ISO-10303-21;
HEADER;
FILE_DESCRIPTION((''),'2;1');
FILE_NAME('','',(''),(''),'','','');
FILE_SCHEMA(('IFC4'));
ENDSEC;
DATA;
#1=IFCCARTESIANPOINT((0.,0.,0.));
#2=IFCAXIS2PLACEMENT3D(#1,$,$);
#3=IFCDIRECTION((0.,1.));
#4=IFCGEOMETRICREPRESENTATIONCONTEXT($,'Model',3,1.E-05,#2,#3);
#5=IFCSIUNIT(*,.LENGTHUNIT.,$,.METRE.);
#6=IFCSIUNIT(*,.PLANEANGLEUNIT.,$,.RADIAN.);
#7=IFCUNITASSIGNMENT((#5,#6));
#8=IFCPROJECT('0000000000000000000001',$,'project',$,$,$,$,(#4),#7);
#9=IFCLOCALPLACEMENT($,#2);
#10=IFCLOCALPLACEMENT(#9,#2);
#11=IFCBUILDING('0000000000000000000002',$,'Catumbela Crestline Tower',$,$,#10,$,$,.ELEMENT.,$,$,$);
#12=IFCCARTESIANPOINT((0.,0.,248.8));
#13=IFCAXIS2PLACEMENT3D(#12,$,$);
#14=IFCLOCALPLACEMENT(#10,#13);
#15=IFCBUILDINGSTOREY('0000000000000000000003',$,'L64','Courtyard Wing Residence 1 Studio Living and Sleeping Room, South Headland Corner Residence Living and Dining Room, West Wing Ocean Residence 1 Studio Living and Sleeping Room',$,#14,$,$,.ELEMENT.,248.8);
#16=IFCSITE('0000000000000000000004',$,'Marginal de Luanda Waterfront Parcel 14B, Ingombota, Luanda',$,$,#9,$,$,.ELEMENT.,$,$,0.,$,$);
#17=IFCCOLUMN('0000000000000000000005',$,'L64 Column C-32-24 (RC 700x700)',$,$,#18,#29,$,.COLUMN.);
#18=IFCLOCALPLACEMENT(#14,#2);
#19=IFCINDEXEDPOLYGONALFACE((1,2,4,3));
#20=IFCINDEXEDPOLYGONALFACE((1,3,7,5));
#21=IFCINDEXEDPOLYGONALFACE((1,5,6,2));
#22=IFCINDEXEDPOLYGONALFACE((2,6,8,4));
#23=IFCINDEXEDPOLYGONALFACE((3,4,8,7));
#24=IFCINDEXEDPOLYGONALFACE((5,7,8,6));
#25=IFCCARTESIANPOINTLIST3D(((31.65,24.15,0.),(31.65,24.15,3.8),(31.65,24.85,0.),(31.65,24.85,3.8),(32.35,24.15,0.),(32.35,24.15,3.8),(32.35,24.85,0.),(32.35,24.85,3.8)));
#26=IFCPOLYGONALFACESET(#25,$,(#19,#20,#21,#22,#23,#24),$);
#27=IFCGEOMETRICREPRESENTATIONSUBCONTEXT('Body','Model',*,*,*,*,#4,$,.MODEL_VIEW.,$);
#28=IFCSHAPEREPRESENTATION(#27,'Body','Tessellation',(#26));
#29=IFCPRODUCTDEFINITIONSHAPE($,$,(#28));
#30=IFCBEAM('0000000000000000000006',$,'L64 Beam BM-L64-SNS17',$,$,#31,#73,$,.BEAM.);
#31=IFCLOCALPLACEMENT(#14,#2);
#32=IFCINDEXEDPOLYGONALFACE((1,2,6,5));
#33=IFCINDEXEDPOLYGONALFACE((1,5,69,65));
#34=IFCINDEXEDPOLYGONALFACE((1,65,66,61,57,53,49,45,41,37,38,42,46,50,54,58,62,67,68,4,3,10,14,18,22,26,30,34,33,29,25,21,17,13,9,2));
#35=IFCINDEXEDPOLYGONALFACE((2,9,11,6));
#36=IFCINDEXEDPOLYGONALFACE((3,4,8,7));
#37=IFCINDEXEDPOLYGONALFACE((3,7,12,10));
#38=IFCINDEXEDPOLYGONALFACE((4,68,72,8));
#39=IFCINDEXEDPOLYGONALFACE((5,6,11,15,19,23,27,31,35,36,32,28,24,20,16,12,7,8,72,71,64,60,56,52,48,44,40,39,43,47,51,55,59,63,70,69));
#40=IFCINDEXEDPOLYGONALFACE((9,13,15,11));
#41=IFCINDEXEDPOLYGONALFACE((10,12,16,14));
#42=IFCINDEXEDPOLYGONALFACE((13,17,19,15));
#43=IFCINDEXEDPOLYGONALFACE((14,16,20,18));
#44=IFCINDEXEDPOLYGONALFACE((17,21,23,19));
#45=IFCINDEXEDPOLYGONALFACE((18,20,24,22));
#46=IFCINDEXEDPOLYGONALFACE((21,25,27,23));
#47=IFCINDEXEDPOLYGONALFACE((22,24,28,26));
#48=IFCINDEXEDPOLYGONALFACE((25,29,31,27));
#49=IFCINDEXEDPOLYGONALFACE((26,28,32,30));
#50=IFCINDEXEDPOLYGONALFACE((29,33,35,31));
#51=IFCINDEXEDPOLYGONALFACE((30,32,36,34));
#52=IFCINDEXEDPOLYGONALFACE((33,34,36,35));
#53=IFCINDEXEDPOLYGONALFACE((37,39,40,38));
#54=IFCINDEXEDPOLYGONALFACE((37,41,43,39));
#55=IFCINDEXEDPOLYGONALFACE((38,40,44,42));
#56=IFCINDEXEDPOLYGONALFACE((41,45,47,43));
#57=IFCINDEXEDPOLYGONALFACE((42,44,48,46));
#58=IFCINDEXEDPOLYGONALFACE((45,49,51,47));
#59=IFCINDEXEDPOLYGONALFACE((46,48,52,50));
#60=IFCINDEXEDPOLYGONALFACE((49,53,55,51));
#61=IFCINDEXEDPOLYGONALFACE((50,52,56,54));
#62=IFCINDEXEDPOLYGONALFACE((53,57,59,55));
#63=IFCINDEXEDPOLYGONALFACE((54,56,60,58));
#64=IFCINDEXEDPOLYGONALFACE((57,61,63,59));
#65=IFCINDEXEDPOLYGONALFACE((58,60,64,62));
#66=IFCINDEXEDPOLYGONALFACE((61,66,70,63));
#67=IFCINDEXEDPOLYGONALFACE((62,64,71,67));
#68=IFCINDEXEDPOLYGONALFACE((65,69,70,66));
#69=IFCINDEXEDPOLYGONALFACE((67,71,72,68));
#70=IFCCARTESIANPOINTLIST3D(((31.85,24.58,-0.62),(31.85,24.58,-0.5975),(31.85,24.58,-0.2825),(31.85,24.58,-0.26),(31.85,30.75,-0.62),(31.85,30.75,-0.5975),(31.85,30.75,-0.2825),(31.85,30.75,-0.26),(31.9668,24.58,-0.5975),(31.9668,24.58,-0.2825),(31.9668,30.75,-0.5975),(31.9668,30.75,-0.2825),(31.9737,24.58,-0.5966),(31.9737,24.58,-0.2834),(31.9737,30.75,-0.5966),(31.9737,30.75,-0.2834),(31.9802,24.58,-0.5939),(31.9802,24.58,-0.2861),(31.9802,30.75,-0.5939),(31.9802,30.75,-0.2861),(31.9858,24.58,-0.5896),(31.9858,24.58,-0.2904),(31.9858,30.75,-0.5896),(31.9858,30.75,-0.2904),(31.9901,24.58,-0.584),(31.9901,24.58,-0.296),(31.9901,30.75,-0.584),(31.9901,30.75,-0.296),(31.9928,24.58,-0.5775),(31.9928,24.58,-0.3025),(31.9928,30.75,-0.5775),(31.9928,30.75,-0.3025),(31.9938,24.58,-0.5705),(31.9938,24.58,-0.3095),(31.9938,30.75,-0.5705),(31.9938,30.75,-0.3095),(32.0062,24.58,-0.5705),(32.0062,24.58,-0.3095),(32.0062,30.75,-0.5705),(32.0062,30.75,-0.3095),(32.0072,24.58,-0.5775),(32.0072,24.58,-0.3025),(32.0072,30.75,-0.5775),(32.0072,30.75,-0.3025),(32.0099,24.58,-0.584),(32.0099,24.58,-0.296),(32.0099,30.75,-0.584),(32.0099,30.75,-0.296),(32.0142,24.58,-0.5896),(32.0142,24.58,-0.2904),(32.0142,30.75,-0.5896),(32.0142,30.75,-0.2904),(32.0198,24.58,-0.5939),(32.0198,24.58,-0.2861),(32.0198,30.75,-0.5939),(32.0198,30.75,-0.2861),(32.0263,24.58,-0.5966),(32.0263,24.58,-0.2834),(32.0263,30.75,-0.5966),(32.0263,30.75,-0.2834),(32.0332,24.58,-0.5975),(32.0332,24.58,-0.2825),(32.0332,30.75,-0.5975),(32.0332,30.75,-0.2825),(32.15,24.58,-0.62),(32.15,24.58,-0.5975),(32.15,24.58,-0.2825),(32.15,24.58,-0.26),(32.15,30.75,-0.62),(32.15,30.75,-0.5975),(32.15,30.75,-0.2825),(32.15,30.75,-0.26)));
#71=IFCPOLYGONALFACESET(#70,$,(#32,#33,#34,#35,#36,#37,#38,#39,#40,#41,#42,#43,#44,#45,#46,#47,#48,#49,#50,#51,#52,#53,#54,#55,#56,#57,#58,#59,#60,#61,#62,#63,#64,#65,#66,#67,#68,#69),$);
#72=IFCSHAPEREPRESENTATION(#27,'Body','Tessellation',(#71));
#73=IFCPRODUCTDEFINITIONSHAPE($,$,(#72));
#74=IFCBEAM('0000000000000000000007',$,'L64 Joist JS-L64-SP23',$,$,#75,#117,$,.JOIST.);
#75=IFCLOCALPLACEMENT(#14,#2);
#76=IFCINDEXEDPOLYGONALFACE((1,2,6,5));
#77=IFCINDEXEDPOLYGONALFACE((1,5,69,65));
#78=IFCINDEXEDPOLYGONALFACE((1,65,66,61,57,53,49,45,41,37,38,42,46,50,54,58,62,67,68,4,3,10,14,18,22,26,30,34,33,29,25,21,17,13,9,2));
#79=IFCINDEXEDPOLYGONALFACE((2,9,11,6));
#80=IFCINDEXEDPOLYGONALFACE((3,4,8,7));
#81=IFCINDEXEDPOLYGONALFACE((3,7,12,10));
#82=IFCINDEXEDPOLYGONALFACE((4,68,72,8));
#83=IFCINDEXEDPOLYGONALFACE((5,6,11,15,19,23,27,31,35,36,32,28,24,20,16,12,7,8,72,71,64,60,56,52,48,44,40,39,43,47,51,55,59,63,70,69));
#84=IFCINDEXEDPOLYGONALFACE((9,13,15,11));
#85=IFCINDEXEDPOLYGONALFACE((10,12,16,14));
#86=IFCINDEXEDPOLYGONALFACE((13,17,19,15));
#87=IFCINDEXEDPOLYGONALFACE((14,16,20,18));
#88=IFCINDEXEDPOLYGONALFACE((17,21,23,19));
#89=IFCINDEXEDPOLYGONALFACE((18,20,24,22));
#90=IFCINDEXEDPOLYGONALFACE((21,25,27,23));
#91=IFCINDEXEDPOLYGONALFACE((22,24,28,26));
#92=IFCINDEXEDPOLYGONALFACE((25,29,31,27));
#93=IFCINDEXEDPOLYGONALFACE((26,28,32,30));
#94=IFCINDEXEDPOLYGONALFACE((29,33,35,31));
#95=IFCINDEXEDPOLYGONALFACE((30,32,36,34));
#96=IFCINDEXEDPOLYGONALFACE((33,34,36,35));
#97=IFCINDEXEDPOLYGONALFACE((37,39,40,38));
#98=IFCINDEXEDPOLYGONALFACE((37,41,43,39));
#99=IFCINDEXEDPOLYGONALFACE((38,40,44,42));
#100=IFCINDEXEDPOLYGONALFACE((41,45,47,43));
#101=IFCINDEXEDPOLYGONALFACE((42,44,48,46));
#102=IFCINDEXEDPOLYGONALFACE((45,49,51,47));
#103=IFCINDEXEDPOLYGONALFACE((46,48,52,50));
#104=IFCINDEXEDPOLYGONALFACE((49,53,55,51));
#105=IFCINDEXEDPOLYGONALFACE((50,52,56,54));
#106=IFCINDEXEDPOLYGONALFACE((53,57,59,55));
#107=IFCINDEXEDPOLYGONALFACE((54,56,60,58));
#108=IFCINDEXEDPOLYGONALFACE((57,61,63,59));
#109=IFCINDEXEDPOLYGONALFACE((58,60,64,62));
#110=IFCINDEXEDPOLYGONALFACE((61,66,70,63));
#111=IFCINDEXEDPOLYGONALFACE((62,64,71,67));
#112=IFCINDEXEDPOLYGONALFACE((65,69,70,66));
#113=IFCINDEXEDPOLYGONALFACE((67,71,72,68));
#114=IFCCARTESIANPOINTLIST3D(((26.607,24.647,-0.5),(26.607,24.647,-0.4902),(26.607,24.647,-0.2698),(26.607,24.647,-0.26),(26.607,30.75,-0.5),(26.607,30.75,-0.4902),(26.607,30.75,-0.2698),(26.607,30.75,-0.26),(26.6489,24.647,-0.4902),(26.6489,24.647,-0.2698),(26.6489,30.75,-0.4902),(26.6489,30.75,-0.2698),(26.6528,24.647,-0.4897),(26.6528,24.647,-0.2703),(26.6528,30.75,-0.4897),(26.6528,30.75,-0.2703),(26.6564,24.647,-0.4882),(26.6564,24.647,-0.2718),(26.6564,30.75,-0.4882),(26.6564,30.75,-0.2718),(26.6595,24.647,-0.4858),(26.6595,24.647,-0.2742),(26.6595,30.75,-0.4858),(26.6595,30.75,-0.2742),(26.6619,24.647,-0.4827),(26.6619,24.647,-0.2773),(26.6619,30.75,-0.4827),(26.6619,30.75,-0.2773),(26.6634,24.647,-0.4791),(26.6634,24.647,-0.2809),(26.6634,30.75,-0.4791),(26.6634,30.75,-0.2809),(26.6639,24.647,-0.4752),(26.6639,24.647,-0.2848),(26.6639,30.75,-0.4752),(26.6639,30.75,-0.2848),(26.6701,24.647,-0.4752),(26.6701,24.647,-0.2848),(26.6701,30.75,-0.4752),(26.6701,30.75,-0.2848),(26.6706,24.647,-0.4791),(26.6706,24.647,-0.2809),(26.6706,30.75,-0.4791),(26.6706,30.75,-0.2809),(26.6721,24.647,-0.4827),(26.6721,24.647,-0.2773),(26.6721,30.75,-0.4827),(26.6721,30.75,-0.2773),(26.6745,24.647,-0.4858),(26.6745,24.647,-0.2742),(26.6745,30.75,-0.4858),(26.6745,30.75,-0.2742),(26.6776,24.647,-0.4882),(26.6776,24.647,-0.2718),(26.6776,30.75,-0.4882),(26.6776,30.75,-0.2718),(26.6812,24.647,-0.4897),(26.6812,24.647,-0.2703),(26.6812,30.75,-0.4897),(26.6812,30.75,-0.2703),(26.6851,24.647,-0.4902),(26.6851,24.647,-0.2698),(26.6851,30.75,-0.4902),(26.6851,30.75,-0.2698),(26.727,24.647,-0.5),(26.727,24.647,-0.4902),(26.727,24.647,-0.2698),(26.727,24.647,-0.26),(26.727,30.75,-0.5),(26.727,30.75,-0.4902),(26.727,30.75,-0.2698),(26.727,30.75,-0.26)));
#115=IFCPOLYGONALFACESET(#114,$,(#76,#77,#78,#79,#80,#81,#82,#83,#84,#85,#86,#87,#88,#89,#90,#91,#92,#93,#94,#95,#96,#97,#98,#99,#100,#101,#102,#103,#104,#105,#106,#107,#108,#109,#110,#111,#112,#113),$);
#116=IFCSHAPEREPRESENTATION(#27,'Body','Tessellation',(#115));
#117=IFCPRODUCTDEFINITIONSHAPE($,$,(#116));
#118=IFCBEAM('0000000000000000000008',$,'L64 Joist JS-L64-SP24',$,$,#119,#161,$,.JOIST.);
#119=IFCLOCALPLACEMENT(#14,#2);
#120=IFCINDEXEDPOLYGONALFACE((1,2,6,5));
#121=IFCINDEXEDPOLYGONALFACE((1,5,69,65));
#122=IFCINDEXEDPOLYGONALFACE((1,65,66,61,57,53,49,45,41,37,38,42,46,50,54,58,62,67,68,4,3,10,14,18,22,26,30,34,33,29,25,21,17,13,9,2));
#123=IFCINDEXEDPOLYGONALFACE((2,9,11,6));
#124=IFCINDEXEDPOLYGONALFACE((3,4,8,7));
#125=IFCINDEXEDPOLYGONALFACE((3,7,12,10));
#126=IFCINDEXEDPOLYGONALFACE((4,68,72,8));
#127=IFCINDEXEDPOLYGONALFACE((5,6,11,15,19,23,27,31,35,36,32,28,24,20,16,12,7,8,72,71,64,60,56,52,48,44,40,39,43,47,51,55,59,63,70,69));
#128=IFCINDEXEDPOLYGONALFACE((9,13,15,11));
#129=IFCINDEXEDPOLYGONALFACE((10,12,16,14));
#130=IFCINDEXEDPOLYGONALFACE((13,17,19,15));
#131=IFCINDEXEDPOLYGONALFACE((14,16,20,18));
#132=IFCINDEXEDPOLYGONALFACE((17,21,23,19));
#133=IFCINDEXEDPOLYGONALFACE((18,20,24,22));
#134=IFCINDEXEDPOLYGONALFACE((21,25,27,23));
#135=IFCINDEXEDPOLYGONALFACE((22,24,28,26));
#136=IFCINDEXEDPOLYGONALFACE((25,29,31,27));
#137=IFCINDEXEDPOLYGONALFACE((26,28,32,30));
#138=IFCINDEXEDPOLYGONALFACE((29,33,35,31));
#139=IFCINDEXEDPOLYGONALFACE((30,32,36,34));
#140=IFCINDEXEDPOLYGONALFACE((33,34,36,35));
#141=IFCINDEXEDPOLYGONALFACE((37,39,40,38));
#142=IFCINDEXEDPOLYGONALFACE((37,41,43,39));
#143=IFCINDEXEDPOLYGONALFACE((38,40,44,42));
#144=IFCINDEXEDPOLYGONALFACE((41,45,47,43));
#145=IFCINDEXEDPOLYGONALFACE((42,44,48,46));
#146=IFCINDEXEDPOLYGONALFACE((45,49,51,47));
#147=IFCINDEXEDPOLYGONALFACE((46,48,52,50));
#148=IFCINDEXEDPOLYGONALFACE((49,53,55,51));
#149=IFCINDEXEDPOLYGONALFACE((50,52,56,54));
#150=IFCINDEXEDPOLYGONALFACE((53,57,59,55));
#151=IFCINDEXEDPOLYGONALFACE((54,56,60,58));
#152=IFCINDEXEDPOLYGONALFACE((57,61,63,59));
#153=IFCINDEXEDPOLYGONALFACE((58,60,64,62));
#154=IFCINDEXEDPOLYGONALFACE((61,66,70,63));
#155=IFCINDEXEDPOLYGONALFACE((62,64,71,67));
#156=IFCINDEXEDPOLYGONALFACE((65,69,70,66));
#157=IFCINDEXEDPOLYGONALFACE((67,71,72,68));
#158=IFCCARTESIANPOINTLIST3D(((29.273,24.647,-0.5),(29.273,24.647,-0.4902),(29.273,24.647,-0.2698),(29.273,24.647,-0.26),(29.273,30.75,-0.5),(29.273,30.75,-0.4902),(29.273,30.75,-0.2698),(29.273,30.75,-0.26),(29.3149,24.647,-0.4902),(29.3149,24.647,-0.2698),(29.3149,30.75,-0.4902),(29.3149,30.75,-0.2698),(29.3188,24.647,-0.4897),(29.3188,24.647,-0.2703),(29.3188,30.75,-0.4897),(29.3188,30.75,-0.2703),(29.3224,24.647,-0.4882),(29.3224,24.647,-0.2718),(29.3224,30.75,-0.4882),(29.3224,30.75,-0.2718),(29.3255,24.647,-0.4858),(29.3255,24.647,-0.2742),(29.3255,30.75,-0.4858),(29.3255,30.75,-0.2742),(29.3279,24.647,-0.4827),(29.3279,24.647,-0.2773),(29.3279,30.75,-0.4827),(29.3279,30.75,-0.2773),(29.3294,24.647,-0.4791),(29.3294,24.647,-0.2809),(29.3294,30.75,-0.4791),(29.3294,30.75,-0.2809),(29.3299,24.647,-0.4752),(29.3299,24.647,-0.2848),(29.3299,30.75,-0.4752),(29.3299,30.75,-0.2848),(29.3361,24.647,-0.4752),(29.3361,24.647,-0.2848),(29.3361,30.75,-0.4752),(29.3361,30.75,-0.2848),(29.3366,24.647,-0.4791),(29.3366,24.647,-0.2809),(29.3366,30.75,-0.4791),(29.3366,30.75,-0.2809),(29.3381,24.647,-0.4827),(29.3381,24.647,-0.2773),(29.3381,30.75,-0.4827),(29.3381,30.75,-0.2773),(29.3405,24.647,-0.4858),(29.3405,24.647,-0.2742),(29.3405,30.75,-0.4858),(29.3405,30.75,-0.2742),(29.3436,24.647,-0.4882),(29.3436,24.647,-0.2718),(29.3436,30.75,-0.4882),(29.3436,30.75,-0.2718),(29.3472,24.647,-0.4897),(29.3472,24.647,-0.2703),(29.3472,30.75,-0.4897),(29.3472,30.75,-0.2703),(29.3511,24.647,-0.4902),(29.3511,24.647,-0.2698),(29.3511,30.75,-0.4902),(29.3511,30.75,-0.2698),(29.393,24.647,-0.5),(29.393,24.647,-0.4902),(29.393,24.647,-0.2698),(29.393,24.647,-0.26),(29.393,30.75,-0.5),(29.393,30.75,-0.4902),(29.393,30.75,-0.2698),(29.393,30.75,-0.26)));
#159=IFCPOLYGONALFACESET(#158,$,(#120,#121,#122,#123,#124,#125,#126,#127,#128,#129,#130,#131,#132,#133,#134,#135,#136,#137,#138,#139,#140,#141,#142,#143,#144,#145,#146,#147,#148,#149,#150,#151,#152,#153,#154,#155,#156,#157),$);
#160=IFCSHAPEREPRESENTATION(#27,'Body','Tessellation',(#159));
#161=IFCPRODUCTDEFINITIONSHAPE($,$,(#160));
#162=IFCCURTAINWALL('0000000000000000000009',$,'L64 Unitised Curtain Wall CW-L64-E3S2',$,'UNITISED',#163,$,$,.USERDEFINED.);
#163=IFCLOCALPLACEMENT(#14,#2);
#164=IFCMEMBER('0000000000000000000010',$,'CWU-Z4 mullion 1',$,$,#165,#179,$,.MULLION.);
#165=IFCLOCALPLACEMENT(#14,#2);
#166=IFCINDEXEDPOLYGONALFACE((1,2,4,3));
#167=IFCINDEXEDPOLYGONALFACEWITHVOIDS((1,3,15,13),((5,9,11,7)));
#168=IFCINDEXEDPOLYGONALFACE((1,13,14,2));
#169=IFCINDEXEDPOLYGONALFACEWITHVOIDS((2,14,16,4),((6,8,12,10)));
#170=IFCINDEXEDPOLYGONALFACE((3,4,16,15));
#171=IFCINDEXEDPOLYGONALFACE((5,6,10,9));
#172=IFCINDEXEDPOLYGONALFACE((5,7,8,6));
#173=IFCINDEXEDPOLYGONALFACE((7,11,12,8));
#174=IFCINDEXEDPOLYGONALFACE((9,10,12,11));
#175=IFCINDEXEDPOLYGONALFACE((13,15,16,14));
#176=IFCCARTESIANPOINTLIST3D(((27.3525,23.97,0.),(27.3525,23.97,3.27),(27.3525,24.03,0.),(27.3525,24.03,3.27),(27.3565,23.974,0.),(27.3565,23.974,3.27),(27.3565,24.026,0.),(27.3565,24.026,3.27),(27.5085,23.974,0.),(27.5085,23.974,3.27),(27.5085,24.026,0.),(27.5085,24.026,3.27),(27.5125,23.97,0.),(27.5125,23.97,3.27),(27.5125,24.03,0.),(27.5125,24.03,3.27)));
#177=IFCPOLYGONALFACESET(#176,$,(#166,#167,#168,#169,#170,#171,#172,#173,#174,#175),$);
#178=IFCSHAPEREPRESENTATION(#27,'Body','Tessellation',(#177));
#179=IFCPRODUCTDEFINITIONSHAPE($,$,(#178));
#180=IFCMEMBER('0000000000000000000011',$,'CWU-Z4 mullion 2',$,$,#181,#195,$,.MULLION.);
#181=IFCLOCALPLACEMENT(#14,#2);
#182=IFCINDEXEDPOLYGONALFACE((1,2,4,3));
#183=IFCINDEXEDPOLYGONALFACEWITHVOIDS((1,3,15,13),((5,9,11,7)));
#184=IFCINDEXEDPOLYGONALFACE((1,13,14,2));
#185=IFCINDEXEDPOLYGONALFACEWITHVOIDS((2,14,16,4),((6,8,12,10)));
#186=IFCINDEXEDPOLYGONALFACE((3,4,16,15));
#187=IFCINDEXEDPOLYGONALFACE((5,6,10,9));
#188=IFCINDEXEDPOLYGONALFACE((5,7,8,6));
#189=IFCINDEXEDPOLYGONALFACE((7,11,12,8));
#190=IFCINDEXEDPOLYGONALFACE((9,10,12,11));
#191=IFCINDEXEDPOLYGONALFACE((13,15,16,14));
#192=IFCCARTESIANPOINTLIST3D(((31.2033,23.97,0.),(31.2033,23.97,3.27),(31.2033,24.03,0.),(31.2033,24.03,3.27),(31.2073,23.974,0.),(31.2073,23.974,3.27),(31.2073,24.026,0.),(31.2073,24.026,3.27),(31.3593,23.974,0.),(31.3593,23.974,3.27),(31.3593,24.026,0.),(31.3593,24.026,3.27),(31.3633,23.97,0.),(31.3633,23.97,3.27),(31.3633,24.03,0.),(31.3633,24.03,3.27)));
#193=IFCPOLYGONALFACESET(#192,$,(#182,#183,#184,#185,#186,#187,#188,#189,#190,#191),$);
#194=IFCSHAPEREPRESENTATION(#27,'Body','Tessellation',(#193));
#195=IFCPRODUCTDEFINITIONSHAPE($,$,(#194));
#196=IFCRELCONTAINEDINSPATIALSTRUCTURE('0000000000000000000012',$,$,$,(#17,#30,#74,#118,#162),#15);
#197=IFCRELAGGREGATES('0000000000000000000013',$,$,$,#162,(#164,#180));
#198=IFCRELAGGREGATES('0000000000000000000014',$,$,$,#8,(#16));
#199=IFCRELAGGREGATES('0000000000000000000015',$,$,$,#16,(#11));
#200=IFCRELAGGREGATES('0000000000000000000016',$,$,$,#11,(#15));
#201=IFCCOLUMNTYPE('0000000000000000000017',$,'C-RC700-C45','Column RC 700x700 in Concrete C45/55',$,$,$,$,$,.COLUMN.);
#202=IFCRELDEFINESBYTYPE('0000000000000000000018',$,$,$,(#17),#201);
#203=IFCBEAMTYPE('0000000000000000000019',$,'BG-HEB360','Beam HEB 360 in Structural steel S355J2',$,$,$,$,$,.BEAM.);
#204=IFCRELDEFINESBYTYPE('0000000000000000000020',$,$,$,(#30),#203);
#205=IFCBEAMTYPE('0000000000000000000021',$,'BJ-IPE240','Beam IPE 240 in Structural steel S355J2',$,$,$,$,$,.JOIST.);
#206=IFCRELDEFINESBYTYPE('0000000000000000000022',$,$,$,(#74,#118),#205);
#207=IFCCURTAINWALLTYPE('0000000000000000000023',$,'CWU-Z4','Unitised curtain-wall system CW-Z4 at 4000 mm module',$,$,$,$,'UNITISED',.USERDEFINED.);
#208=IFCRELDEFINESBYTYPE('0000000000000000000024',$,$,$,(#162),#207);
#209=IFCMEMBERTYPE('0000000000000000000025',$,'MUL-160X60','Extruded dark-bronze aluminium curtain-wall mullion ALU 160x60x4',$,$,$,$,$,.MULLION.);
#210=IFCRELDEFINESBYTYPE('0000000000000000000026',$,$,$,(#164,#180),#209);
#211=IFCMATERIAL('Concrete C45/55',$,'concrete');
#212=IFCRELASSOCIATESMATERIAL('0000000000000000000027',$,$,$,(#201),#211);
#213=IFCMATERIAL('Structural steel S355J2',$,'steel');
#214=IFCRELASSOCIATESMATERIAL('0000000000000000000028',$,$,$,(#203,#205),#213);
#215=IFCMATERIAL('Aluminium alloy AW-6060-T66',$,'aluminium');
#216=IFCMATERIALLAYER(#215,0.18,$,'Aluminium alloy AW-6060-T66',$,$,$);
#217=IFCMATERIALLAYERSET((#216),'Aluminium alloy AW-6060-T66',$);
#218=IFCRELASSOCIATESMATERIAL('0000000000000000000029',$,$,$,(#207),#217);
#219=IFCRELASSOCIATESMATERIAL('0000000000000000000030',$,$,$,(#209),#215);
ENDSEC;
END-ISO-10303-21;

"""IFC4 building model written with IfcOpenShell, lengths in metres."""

from ifc_helpers import new_model, si_unit, direction, frame, origin, origin_2d, place, context, subcontext, project, spatial, rectangle, hollow_rectangle, i_section, extrude, material, layer, layer_set, material_profile, profile_set, type_object, element, aggregate, save


model = new_model("IFC4")

# Units and contexts
model_context = context("Model", 3, precision=1e-05, world=origin(), true_north=direction((0.0, 1.0)))
body_context = subcontext(model_context, "Body", "Model", "MODEL_VIEW")
ifc_project = project(units=[si_unit("LENGTHUNIT", "METRE"), si_unit("PLANEANGLEUNIT", "RADIAN")], contexts=[model_context])

# Site, building, storey
site_placement = place(None, origin())
site = spatial("IfcSite", under=ifc_project, at=site_placement, Name="Marginal de Luanda Waterfront Parcel 14B, Ingombota, Luanda", CompositionType="ELEMENT", RefElevation=0.0)
building_placement = place(site_placement, origin())
building = spatial("IfcBuilding", under=site, at=building_placement, Name="Catumbela Crestline Tower", CompositionType="ELEMENT")
storey_placement = place(building_placement, frame((0.0, 0.0, 248.8)))
storey = spatial("IfcBuildingStorey", under=building, at=storey_placement, Name="L64", Description="Courtyard Wing Residence 1 Studio Living and Sleeping Room, South Headland Corner Residence Living and Dining Room, West Wing Ocean Residence 1 Studio Living and Sleeping Room", CompositionType="ELEMENT", Elevation=248.8)

# Column
ifc_material_1 = material(Name="Concrete C45/55", Category="concrete")
ifc_material_profile_1 = material_profile(ifc_material_1, rectangle(XDim=0.7, YDim=0.7, at=origin_2d()), Name="RC 700x700")
ifc_profile_set_1 = profile_set([ifc_material_profile_1], Name="Concrete C45/55")
column_type = type_object("IfcColumnType", Name="C-RC700-C45", Description="Column RC 700x700 in Concrete C45/55", PredefinedType="COLUMN", material=ifc_profile_set_1)
column_placement = place(storey_placement, frame((32.0, 24.5, 0.0), z_axis=(0.0, 0.0, 1.0), x_axis=(1.0, 0.0, 0.0)))
element("IfcColumn", 1, at=column_placement, inside=storey, type_object=column_type, Name="L64 Column C-32-24 (RC 700x700)", PredefinedType="COLUMN", context=body_context, shape_type="SweptSolid", body=[
    extrude(rectangle(XDim=0.7, YDim=0.7, at=origin_2d()), origin(), (0.0, 0.0, 1.0), 3.8),
])

# Beams
ifc_material_2 = material(Name="Structural steel S355J2", Category="steel")
ifc_material_profile_2 = material_profile(ifc_material_2, i_section(OverallWidth=0.3, OverallDepth=0.36, WebThickness=0.0125, FlangeThickness=0.0225, FilletRadius=0.027, at=origin_2d()), Name="HEB 360")
ifc_profile_set_2 = profile_set([ifc_material_profile_2], Name="Structural steel S355J2")
beam_type_1 = type_object("IfcBeamType", Name="BG-HEB360", Description="Beam HEB 360 in Structural steel S355J2", PredefinedType="BEAM", material=ifc_profile_set_2)
beam_1_placement = place(storey_placement, frame((32.0, 24.58, -0.44), z_axis=(0.0, 1.0, 0.0), x_axis=(-1.0, 0.0, 0.0)))
element("IfcBeam", 2, at=beam_1_placement, inside=storey, type_object=beam_type_1, Name="L64 Beam BM-L64-SNS17", PredefinedType="BEAM", context=body_context, shape_type="SweptSolid", body=[
    extrude(i_section(OverallWidth=0.3, OverallDepth=0.36, WebThickness=0.0125, FlangeThickness=0.0225, FilletRadius=0.027, at=origin_2d()), origin(), (0.0, 0.0, 1.0), 6.17),
])
ifc_material_profile_3 = material_profile(ifc_material_2, i_section(OverallWidth=0.12, OverallDepth=0.24, WebThickness=0.0062, FlangeThickness=0.0098, FilletRadius=0.015, at=origin_2d()), Name="IPE 240")
ifc_profile_set_3 = profile_set([ifc_material_profile_3], Name="Structural steel S355J2")
beam_type_2 = type_object("IfcBeamType", Name="BJ-IPE240", Description="Beam IPE 240 in Structural steel S355J2", PredefinedType="JOIST", material=ifc_profile_set_3)
for number, where, z_axis, x_axis, name in (
    (3, (26.667, 24.647, -0.38), (0.0, 1.0, 0.0), (-1.0, 0.0, 0.0), "L64 Joist JS-L64-SP23"),
    (4, (29.333, 24.647, -0.38), (0.0, 1.0, 0.0), (-1.0, 0.0, 0.0), "L64 Joist JS-L64-SP24"),
):
    element("IfcBeam", number, at=place(storey_placement, frame(where, z_axis=z_axis, x_axis=x_axis)), inside=storey, type_object=beam_type_2, Name=name, PredefinedType="JOIST", context=body_context, shape_type="SweptSolid", body=[
        extrude(i_section(OverallWidth=0.12, OverallDepth=0.24, WebThickness=0.0062, FlangeThickness=0.0098, FilletRadius=0.015, at=origin_2d()), origin(), (0.0, 0.0, 1.0), 6.103),
    ])

# Curtain wall, members
ifc_material_3 = material(Name="Aluminium alloy AW-6060-T66", Category="aluminium")
ifc_layer_1 = layer(ifc_material_3, 0.18, Name="Aluminium alloy AW-6060-T66")
ifc_layer_set_1 = layer_set([ifc_layer_1], Name="Aluminium alloy AW-6060-T66")
curtain_wall_type = type_object("IfcCurtainWallType", Name="CWU-Z4", Description="Unitised curtain-wall system CW-Z4 at 4000 mm module", ElementType="UNITISED", PredefinedType="USERDEFINED", material=ifc_layer_set_1)
curtain_wall_placement = place(storey_placement, origin())
curtain_wall = element("IfcCurtainWall", 5, at=curtain_wall_placement, inside=storey, type_object=curtain_wall_type, Name="L64 Unitised Curtain Wall CW-L64-E3S2", ObjectType="UNITISED", PredefinedType="USERDEFINED")
ifc_material_profile_4 = material_profile(ifc_material_3, hollow_rectangle(XDim=0.06, YDim=0.16, WallThickness=0.004, at=origin_2d()), Name="ALU 160x60x4")
ifc_profile_set_4 = profile_set([ifc_material_profile_4], Name="Aluminium alloy AW-6060-T66")
member_type_1 = type_object("IfcMemberType", Name="MUL-160X60", Description="Extruded dark-bronze aluminium curtain-wall mullion ALU 160x60x4", PredefinedType="MULLION", material=ifc_profile_set_4)
member_1_placement = place(storey_placement, frame((27.4325, 24.0, 0.0), z_axis=(0.0, 0.0, 1.0), x_axis=(0.0, 1.0, 0.0)))
member_1 = element("IfcMember", 6, at=member_1_placement, type_object=member_type_1, Name="CWU-Z4 mullion 1", PredefinedType="MULLION", context=body_context, shape_type="SweptSolid", body=[
    extrude(hollow_rectangle(XDim=0.06, YDim=0.16, WallThickness=0.004, at=origin_2d()), origin(), (0.0, 0.0, 1.0), 3.27),
])
member_2_placement = place(storey_placement, frame((31.2833, 24.0, 0.0), z_axis=(0.0, 0.0, 1.0), x_axis=(0.0, 1.0, 0.0)))
member_2 = element("IfcMember", 7, at=member_2_placement, type_object=member_type_1, Name="CWU-Z4 mullion 2", PredefinedType="MULLION", context=body_context, shape_type="SweptSolid", body=[
    extrude(hollow_rectangle(XDim=0.06, YDim=0.16, WallThickness=0.004, at=origin_2d()), origin(), (0.0, 0.0, 1.0), 3.27),
])

aggregate(curtain_wall, [member_1, member_2])

save(model, "model.ifc")
